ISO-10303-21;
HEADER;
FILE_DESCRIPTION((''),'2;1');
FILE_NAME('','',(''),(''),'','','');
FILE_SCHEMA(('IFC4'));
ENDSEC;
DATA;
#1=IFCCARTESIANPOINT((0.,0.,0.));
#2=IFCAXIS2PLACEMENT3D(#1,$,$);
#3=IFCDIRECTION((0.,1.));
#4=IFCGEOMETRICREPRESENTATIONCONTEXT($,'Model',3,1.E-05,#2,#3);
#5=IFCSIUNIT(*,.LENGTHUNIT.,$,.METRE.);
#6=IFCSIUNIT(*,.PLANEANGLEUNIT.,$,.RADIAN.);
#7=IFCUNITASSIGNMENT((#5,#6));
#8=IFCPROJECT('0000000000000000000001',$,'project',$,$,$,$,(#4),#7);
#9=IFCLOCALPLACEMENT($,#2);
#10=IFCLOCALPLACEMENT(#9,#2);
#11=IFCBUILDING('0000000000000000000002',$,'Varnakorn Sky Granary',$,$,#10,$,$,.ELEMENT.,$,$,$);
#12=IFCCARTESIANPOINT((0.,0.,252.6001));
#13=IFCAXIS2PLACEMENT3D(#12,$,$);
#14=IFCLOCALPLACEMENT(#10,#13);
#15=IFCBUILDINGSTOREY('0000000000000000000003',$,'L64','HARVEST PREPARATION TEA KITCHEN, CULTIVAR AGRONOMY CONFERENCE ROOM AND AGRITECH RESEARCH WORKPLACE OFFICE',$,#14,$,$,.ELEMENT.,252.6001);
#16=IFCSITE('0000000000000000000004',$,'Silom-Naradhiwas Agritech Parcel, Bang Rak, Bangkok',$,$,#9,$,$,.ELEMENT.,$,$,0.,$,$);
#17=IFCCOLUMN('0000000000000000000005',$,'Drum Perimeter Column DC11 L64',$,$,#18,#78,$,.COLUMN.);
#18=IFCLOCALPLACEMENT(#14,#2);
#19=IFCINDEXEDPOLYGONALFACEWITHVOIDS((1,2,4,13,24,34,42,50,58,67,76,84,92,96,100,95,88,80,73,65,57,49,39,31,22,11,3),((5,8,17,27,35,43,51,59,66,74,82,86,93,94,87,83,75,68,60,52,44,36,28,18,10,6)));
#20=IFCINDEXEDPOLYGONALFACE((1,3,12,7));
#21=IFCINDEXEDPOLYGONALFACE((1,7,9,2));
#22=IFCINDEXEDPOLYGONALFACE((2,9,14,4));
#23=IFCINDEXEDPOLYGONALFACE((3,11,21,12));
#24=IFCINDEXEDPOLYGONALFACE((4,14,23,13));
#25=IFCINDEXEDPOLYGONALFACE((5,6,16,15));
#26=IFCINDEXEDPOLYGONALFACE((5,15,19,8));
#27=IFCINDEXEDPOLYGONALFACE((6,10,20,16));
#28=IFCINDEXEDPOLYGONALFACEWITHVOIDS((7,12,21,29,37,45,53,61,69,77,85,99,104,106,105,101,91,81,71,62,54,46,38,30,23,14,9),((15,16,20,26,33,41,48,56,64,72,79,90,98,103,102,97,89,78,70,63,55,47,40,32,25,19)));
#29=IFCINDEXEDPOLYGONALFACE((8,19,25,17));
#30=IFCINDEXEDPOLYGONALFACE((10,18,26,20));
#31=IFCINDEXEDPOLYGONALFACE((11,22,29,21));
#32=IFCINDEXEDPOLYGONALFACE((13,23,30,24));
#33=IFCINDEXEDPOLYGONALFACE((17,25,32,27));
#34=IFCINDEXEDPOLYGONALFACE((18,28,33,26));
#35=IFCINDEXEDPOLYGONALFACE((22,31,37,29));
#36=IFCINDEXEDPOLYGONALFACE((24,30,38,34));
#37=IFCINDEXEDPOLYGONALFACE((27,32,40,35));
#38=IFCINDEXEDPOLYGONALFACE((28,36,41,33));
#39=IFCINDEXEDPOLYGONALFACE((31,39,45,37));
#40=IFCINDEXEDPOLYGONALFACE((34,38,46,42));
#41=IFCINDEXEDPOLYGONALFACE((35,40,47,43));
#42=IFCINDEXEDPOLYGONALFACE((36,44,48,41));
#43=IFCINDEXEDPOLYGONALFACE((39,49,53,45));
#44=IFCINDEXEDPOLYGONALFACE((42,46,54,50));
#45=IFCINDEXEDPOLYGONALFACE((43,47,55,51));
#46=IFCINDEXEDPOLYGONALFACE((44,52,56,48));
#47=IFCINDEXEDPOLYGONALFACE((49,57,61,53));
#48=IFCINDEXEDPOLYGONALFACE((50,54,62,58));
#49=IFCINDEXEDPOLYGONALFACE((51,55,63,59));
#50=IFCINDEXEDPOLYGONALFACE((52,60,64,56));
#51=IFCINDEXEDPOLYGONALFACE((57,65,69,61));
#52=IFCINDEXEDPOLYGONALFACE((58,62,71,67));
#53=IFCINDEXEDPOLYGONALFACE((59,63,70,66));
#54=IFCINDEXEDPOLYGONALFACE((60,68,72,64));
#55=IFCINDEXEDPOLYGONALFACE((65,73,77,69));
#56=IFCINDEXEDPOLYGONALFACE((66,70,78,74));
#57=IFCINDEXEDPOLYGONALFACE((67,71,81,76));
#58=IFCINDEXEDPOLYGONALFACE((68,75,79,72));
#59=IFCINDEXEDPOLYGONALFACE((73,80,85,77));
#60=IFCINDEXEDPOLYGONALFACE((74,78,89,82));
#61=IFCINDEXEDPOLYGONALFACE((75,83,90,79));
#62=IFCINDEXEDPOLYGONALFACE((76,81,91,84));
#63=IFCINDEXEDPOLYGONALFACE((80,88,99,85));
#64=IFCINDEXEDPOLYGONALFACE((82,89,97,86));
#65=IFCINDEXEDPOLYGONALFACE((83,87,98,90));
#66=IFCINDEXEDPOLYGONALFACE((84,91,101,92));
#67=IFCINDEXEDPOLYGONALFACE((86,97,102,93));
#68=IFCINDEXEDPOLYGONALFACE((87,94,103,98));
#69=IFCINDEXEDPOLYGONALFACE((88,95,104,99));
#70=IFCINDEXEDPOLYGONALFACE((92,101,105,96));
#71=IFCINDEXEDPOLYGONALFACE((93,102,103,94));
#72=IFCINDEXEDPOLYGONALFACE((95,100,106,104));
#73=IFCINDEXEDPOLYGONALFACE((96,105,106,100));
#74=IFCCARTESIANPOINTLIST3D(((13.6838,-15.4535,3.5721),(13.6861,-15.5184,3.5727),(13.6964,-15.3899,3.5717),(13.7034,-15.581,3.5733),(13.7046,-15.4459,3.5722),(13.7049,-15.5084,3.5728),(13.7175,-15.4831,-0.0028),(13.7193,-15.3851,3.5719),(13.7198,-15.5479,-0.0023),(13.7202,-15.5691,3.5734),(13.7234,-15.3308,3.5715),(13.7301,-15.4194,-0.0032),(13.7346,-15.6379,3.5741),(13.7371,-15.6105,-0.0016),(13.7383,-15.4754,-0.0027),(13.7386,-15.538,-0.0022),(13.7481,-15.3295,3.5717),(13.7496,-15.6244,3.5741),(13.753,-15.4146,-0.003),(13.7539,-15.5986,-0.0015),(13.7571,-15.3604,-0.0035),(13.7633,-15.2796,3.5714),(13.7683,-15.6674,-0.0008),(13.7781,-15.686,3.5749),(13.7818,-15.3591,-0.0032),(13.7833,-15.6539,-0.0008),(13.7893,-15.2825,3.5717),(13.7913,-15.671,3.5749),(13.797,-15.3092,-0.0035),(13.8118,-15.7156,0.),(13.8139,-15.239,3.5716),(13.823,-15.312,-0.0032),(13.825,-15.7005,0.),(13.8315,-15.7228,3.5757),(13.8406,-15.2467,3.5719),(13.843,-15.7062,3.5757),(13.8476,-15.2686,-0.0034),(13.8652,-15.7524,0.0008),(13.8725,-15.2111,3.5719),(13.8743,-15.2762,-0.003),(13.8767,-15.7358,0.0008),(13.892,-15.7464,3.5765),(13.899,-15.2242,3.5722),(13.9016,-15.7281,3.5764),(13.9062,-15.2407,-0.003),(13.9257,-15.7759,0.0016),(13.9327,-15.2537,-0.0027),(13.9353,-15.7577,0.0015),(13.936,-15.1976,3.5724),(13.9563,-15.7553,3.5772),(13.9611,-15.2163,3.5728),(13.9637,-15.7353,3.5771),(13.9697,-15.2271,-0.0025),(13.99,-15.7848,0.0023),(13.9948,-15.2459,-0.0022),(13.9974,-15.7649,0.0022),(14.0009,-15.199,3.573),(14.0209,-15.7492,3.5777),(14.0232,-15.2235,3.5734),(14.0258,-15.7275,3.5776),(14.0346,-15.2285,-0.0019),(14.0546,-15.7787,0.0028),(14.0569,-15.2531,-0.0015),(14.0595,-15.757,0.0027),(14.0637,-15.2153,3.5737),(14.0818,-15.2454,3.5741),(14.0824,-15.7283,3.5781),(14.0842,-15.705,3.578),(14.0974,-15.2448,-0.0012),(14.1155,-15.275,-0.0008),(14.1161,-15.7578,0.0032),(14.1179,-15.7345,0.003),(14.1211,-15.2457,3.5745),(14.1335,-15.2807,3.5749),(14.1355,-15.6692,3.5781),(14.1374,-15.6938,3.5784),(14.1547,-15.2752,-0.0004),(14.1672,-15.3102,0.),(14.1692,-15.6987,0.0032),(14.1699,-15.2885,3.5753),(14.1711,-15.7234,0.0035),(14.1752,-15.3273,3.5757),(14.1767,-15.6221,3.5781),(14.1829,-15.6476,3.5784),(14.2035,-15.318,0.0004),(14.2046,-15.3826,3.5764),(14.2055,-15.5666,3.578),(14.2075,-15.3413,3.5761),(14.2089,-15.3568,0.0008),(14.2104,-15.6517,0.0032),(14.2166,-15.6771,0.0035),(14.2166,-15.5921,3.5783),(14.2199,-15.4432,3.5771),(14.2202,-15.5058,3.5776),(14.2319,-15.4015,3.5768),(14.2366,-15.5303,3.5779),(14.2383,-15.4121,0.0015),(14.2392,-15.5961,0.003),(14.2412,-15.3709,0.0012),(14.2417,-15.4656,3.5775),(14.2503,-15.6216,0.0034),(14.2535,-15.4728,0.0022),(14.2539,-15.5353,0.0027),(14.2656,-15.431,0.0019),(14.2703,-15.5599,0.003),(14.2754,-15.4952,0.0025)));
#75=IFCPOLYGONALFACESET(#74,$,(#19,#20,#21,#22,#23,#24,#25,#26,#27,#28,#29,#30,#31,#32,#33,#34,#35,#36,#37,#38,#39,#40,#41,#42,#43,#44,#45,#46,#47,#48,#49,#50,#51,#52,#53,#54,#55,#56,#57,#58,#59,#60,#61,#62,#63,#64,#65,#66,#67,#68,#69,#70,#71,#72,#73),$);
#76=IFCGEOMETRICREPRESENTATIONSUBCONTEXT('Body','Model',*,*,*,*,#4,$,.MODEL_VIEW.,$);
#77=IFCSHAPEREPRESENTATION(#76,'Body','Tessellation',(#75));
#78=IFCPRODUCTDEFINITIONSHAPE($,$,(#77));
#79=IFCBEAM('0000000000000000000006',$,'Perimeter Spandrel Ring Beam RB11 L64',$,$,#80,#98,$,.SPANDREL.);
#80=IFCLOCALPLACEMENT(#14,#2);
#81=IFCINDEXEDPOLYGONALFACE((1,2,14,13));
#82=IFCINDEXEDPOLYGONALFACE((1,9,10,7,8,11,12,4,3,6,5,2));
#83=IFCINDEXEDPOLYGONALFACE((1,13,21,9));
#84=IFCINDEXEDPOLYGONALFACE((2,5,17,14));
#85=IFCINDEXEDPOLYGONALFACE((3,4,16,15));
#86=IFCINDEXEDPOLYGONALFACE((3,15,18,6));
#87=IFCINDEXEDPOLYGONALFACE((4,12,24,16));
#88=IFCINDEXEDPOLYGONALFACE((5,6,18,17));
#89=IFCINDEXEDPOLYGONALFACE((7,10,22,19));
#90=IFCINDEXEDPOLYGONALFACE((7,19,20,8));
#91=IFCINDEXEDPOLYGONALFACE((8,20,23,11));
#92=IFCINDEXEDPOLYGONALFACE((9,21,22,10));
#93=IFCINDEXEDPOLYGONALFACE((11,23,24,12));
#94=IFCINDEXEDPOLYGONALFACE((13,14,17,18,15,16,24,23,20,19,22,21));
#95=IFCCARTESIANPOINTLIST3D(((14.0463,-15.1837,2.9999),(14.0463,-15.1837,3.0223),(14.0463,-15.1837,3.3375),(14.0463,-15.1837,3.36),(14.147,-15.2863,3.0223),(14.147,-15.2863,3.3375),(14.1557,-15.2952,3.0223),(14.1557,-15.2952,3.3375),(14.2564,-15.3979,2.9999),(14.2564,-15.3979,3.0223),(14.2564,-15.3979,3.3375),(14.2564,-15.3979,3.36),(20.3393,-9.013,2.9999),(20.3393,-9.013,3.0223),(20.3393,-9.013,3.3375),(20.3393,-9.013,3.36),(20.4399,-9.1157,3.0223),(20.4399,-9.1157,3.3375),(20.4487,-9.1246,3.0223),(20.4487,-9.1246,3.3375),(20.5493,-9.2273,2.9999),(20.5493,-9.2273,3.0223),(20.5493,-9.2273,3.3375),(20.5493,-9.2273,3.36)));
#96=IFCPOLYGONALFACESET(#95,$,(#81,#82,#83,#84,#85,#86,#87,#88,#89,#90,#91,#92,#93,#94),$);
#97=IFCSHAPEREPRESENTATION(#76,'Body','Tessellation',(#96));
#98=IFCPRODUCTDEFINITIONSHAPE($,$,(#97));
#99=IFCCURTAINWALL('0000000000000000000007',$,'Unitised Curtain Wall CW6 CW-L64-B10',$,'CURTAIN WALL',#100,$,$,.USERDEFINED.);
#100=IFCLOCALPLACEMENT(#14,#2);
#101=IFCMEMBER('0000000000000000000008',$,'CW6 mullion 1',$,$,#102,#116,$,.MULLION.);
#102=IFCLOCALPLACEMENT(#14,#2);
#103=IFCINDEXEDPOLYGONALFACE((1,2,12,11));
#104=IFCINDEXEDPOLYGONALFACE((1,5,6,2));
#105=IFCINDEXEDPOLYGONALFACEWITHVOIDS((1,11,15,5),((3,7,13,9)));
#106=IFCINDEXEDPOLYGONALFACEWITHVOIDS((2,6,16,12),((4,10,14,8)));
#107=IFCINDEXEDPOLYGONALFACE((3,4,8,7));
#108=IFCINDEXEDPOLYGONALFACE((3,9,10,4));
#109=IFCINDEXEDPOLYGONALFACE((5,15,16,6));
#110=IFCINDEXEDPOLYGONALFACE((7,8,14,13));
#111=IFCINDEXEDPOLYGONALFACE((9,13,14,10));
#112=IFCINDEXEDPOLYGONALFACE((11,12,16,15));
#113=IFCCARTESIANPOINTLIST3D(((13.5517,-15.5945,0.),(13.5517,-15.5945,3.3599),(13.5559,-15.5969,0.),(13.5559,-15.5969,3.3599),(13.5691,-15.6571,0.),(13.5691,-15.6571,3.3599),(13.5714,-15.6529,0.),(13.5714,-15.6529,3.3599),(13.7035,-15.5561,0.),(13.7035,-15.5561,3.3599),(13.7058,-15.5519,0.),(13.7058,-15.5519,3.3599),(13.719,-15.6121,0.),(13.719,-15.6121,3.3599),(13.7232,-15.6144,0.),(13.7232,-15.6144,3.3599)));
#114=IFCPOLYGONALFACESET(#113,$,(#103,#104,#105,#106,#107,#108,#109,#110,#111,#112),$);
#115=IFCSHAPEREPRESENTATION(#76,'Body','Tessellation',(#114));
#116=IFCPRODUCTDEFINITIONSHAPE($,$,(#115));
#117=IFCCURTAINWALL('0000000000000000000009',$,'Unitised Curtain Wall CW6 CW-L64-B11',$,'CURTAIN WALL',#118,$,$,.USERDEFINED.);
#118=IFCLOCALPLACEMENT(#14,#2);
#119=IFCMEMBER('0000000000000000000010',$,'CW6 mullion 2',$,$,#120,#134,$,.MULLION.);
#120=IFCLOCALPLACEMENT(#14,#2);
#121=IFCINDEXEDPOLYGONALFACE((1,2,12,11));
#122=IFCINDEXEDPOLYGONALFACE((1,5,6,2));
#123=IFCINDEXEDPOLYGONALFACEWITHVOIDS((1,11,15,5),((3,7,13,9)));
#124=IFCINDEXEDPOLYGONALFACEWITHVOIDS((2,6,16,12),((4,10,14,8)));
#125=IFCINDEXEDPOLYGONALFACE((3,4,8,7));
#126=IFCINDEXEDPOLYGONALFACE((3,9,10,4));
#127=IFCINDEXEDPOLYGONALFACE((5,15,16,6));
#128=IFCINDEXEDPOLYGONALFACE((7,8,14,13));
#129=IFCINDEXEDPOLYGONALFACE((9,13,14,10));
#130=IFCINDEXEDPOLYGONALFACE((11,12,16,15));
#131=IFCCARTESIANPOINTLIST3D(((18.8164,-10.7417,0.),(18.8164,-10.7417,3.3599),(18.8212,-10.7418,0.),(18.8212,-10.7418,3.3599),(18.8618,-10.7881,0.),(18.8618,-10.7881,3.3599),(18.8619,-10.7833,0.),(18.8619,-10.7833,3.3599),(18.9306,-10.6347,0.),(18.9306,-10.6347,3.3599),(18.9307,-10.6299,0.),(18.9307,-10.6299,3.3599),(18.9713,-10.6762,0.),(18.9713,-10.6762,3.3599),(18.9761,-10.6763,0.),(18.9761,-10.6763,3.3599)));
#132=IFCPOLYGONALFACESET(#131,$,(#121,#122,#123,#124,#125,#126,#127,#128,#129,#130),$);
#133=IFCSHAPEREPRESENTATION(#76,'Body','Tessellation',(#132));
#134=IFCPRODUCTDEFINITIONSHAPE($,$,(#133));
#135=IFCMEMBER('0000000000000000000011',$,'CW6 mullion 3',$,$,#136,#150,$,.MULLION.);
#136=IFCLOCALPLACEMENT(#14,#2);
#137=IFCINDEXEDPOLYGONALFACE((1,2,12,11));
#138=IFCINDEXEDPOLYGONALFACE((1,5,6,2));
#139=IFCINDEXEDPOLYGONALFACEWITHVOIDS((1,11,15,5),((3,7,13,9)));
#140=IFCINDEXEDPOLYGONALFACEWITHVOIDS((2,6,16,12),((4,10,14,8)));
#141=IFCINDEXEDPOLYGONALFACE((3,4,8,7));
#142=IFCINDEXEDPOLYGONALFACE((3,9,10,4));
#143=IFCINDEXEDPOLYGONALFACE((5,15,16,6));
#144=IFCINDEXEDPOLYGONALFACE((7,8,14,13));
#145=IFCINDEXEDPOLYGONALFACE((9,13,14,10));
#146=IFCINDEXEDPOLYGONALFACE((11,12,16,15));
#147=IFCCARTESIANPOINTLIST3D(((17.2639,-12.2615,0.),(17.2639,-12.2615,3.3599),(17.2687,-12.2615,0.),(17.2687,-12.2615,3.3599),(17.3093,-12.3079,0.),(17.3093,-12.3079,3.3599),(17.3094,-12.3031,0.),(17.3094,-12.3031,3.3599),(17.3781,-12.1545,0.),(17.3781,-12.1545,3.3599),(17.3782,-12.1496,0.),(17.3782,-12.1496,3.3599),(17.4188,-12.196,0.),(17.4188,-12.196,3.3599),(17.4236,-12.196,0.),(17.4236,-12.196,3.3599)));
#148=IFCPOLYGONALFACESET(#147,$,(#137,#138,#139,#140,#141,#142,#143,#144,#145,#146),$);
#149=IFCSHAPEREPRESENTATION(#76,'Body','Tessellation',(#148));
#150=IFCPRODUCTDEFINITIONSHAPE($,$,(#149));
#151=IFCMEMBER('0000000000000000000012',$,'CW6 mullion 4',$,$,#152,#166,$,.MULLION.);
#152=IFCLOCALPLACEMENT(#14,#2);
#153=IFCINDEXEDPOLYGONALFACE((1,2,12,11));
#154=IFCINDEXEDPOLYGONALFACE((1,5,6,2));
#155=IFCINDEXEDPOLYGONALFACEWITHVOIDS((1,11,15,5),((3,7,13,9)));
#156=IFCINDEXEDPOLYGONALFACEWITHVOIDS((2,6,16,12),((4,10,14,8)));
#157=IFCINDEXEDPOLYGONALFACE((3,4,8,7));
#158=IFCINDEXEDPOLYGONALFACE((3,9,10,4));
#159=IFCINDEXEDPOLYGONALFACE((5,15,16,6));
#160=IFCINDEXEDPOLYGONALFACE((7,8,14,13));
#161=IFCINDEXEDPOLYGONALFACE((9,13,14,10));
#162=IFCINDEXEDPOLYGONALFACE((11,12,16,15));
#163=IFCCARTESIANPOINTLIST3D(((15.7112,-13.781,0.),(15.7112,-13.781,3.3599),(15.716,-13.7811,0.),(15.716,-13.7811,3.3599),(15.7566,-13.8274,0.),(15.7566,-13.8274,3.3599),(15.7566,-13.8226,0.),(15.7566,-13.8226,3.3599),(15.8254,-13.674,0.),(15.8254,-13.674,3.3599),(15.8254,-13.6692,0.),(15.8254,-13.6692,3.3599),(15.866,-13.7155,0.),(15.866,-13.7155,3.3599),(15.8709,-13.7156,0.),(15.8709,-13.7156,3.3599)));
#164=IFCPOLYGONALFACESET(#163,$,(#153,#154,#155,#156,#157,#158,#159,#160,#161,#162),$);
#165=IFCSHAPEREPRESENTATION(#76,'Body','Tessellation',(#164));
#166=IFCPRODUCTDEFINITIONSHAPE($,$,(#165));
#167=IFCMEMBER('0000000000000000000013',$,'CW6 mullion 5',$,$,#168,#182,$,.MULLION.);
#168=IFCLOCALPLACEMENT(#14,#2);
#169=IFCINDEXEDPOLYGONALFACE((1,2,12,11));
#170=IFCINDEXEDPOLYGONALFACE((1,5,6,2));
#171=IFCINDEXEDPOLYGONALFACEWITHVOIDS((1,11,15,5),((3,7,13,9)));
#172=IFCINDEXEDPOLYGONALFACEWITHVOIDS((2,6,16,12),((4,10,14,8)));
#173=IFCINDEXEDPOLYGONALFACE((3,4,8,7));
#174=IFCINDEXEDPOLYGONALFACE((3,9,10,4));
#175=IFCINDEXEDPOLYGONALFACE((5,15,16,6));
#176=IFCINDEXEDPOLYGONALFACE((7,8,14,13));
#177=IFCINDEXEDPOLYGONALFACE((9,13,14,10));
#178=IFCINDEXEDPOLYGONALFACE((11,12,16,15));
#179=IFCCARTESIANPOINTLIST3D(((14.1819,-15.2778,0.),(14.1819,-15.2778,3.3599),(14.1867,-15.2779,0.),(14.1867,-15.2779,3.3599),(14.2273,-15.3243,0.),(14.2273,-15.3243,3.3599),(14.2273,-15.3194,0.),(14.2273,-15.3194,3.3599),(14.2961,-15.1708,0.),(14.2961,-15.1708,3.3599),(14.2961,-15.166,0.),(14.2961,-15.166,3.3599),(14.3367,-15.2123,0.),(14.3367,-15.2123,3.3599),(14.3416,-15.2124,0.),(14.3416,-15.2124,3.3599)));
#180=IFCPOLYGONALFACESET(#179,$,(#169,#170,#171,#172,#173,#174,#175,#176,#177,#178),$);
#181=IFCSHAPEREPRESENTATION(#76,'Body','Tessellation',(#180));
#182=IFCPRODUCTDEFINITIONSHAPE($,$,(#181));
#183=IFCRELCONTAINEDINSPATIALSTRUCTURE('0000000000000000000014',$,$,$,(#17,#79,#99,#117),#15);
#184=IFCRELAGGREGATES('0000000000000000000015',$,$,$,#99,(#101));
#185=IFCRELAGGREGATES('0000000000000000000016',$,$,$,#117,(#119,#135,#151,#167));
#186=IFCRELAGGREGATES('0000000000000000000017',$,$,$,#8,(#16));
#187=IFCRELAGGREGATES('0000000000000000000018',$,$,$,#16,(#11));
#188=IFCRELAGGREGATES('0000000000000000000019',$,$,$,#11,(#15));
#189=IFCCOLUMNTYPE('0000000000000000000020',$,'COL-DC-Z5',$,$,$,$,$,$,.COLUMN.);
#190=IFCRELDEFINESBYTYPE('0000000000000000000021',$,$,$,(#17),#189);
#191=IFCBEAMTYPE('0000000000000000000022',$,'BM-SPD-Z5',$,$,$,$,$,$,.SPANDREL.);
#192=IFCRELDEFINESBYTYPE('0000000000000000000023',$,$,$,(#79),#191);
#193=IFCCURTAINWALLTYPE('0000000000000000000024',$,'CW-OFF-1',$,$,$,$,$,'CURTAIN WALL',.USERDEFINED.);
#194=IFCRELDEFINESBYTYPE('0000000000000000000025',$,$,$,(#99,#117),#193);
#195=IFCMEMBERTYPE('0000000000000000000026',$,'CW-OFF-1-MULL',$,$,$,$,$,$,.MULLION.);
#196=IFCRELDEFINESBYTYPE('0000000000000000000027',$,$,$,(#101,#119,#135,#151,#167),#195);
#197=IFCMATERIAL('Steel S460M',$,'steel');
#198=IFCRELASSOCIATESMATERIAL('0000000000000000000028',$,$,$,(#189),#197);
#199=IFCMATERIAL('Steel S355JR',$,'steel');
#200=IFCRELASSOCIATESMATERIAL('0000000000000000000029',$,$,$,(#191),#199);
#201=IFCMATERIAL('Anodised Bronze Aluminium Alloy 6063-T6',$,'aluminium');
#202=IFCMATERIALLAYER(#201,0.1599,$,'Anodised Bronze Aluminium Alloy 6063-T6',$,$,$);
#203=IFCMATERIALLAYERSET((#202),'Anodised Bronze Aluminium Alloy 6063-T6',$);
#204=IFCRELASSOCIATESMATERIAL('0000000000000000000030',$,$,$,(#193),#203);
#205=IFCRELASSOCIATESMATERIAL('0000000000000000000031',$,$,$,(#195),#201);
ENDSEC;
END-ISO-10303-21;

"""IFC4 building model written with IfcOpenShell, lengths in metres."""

from ifc_helpers import new_model, si_unit, direction, frame, origin, origin_2d, place, context, subcontext, project, spatial, hollow_rectangle, hollow_circle, i_section, extrude, material, layer, layer_set, material_profile, profile_set, type_object, element, aggregate, save


model = new_model("IFC4")

# Units and contexts
model_context = context("Model", 3, precision=1e-05, world=origin(), true_north=direction((0.0, 1.0)))
body_context = subcontext(model_context, "Body", "Model", "MODEL_VIEW")
ifc_project = project(units=[si_unit("LENGTHUNIT", "METRE"), si_unit("PLANEANGLEUNIT", "RADIAN")], contexts=[model_context])

# Site, building, storey
site_placement = place(None, origin())
site = spatial("IfcSite", under=ifc_project, at=site_placement, Name="Silom-Naradhiwas Agritech Parcel, Bang Rak, Bangkok", CompositionType="ELEMENT", RefElevation=0.0)
building_placement = place(site_placement, origin())
building = spatial("IfcBuilding", under=site, at=building_placement, Name="Varnakorn Sky Granary", CompositionType="ELEMENT")
storey_placement = place(building_placement, frame((0.0, 0.0, 252.6001)))
storey = spatial("IfcBuildingStorey", under=building, at=storey_placement, Name="L64", Description="HARVEST PREPARATION TEA KITCHEN, CULTIVAR AGRONOMY CONFERENCE ROOM AND AGRITECH RESEARCH WORKPLACE OFFICE", CompositionType="ELEMENT", Elevation=252.6001)

# Column
ifc_material_1 = material(Name="Steel S460M", Category="steel")
ifc_material_profile_1 = material_profile(ifc_material_1, hollow_circle(Radius=0.2795, WallThickness=0.02, at=origin_2d()), Name="CHS 559x20")
ifc_profile_set_1 = profile_set([ifc_material_profile_1], Name="Steel S460M")
column_type = type_object("IfcColumnType", Name="COL-DC-Z5", PredefinedType="COLUMN", material=ifc_profile_set_1)
column_placement = place(storey_placement, frame((13.9961, -15.5054, 0.0), z_axis=(-0.009424, 0.008263, 0.999921), x_axis=(-0.659276, -0.751901, 0.0)))
element("IfcColumn", 1, at=column_placement, inside=storey, type_object=column_type, Name="Drum Perimeter Column DC11 L64", PredefinedType="COLUMN", context=body_context, shape_type="SweptSolid", body=[
    extrude(hollow_circle(Radius=0.2795, WallThickness=0.02, at=origin_2d()), origin(), (0.0, 0.0, 1.0), 3.5752),
])

# Beam
ifc_material_2 = material(Name="Steel S355JR", Category="steel")
ifc_material_profile_2 = material_profile(ifc_material_2, i_section(OverallWidth=0.3, OverallDepth=0.3601, WebThickness=0.0125, FlangeThickness=0.0225, at=origin_2d()), Name="HE 360 B")
ifc_profile_set_2 = profile_set([ifc_material_profile_2], Name="Steel S355JR")
beam_type = type_object("IfcBeamType", Name="BM-SPD-Z5", PredefinedType="SPANDREL", material=ifc_profile_set_2)
beam_placement = place(storey_placement, frame((14.1514, -15.2908, 3.1799), z_axis=(0.714012, 0.700134, 0.0), x_axis=(-0.700134, 0.714012, 0.0)))
element("IfcBeam", 2, at=beam_placement, inside=storey, type_object=beam_type, Name="Perimeter Spandrel Ring Beam RB11 L64", PredefinedType="SPANDREL", context=body_context, shape_type="SweptSolid", body=[
    extrude(i_section(OverallWidth=0.3, OverallDepth=0.3601, WebThickness=0.0125, FlangeThickness=0.0225, at=origin_2d()), origin(), (0.0, 0.0, 1.0), 8.8135),
])

# Curtain wall, member
ifc_material_3 = material(Name="Anodised Bronze Aluminium Alloy 6063-T6", Category="aluminium")
ifc_layer_1 = layer(ifc_material_3, 0.1599, Name="Anodised Bronze Aluminium Alloy 6063-T6")
ifc_layer_set_1 = layer_set([ifc_layer_1], Name="Anodised Bronze Aluminium Alloy 6063-T6")
curtain_wall_type = type_object("IfcCurtainWallType", Name="CW-OFF-1", ElementType="CURTAIN WALL", PredefinedType="USERDEFINED", material=ifc_layer_set_1)
curtain_wall_1_placement = place(storey_placement, origin())
curtain_wall_1 = element("IfcCurtainWall", 3, at=curtain_wall_1_placement, inside=storey, type_object=curtain_wall_type, Name="Unitised Curtain Wall CW6 CW-L64-B10", ObjectType="CURTAIN WALL", PredefinedType="USERDEFINED")
ifc_material_profile_3 = material_profile(ifc_material_3, hollow_rectangle(XDim=0.0649, YDim=0.1599, WallThickness=0.0034, at=origin_2d()), Name="ALU MULL 65x160")
ifc_profile_set_3 = profile_set([ifc_material_profile_3], Name="Anodised Bronze Aluminium Alloy 6063-T6")
member_type_1 = type_object("IfcMemberType", Name="CW-OFF-1-MULL", PredefinedType="MULLION", material=ifc_profile_set_3)
member_1_placement = place(storey_placement, frame((13.6375, -15.6045, 0.0), z_axis=(0.0, 0.0, 1.0), x_axis=(0.266982, -0.963701, 0.0)))
member_1 = element("IfcMember", 4, at=member_1_placement, type_object=member_type_1, Name="CW6 mullion 1", PredefinedType="MULLION", context=body_context, shape_type="SweptSolid", body=[
    extrude(hollow_rectangle(XDim=0.0649, YDim=0.1599, WallThickness=0.0034, at=origin_2d()), origin(), (0.0, 0.0, 1.0), 3.3599),
])

# Curtain wall, members
curtain_wall_2_placement = place(storey_placement, origin())
curtain_wall_2 = element("IfcCurtainWall", 5, at=curtain_wall_2_placement, inside=storey, type_object=curtain_wall_type, Name="Unitised Curtain Wall CW6 CW-L64-B11", ObjectType="CURTAIN WALL", PredefinedType="USERDEFINED")
member_2_placement = place(storey_placement, frame((18.8962, -10.709, 0.0), z_axis=(0.0, 0.0, 1.0), x_axis=(0.699482, -0.71465, 0.0)))
member_2 = element("IfcMember", 6, at=member_2_placement, type_object=member_type_1, Name="CW6 mullion 2", PredefinedType="MULLION", context=body_context, shape_type="SweptSolid", body=[
    extrude(hollow_rectangle(XDim=0.0649, YDim=0.1599, WallThickness=0.0034, at=origin_2d()), origin(), (0.0, 0.0, 1.0), 3.3599),
])
member_3_placement = place(storey_placement, frame((17.3438, -12.2288, 0.0), z_axis=(0.0, 0.0, 1.0), x_axis=(0.699482, -0.71465, 0.0)))
member_3 = element("IfcMember", 7, at=member_3_placement, type_object=member_type_1, Name="CW6 mullion 3", PredefinedType="MULLION", context=body_context, shape_type="SweptSolid", body=[
    extrude(hollow_rectangle(XDim=0.0649, YDim=0.1599, WallThickness=0.0034, at=origin_2d()), origin(), (0.0, 0.0, 1.0), 3.3599),
])
member_4_placement = place(storey_placement, frame((15.791, -13.7483, 0.0), z_axis=(0.0, 0.0, 1.0), x_axis=(0.699482, -0.71465, 0.0)))
member_4 = element("IfcMember", 8, at=member_4_placement, type_object=member_type_1, Name="CW6 mullion 4", PredefinedType="MULLION", context=body_context, shape_type="SweptSolid", body=[
    extrude(hollow_rectangle(XDim=0.0649, YDim=0.1599, WallThickness=0.0034, at=origin_2d()), origin(), (0.0, 0.0, 1.0), 3.3599),
])
member_5_placement = place(storey_placement, frame((14.2617, -15.2451, 0.0), z_axis=(0.0, 0.0, 1.0), x_axis=(0.699482, -0.71465, 0.0)))
member_5 = element("IfcMember", 9, at=member_5_placement, type_object=member_type_1, Name="CW6 mullion 5", PredefinedType="MULLION", context=body_context, shape_type="SweptSolid", body=[
    extrude(hollow_rectangle(XDim=0.0649, YDim=0.1599, WallThickness=0.0034, at=origin_2d()), origin(), (0.0, 0.0, 1.0), 3.3599),
])

aggregate(curtain_wall_1, [member_1])

aggregate(curtain_wall_2, [member_2, member_3, member_4, member_5])

save(model, "model.ifc")
